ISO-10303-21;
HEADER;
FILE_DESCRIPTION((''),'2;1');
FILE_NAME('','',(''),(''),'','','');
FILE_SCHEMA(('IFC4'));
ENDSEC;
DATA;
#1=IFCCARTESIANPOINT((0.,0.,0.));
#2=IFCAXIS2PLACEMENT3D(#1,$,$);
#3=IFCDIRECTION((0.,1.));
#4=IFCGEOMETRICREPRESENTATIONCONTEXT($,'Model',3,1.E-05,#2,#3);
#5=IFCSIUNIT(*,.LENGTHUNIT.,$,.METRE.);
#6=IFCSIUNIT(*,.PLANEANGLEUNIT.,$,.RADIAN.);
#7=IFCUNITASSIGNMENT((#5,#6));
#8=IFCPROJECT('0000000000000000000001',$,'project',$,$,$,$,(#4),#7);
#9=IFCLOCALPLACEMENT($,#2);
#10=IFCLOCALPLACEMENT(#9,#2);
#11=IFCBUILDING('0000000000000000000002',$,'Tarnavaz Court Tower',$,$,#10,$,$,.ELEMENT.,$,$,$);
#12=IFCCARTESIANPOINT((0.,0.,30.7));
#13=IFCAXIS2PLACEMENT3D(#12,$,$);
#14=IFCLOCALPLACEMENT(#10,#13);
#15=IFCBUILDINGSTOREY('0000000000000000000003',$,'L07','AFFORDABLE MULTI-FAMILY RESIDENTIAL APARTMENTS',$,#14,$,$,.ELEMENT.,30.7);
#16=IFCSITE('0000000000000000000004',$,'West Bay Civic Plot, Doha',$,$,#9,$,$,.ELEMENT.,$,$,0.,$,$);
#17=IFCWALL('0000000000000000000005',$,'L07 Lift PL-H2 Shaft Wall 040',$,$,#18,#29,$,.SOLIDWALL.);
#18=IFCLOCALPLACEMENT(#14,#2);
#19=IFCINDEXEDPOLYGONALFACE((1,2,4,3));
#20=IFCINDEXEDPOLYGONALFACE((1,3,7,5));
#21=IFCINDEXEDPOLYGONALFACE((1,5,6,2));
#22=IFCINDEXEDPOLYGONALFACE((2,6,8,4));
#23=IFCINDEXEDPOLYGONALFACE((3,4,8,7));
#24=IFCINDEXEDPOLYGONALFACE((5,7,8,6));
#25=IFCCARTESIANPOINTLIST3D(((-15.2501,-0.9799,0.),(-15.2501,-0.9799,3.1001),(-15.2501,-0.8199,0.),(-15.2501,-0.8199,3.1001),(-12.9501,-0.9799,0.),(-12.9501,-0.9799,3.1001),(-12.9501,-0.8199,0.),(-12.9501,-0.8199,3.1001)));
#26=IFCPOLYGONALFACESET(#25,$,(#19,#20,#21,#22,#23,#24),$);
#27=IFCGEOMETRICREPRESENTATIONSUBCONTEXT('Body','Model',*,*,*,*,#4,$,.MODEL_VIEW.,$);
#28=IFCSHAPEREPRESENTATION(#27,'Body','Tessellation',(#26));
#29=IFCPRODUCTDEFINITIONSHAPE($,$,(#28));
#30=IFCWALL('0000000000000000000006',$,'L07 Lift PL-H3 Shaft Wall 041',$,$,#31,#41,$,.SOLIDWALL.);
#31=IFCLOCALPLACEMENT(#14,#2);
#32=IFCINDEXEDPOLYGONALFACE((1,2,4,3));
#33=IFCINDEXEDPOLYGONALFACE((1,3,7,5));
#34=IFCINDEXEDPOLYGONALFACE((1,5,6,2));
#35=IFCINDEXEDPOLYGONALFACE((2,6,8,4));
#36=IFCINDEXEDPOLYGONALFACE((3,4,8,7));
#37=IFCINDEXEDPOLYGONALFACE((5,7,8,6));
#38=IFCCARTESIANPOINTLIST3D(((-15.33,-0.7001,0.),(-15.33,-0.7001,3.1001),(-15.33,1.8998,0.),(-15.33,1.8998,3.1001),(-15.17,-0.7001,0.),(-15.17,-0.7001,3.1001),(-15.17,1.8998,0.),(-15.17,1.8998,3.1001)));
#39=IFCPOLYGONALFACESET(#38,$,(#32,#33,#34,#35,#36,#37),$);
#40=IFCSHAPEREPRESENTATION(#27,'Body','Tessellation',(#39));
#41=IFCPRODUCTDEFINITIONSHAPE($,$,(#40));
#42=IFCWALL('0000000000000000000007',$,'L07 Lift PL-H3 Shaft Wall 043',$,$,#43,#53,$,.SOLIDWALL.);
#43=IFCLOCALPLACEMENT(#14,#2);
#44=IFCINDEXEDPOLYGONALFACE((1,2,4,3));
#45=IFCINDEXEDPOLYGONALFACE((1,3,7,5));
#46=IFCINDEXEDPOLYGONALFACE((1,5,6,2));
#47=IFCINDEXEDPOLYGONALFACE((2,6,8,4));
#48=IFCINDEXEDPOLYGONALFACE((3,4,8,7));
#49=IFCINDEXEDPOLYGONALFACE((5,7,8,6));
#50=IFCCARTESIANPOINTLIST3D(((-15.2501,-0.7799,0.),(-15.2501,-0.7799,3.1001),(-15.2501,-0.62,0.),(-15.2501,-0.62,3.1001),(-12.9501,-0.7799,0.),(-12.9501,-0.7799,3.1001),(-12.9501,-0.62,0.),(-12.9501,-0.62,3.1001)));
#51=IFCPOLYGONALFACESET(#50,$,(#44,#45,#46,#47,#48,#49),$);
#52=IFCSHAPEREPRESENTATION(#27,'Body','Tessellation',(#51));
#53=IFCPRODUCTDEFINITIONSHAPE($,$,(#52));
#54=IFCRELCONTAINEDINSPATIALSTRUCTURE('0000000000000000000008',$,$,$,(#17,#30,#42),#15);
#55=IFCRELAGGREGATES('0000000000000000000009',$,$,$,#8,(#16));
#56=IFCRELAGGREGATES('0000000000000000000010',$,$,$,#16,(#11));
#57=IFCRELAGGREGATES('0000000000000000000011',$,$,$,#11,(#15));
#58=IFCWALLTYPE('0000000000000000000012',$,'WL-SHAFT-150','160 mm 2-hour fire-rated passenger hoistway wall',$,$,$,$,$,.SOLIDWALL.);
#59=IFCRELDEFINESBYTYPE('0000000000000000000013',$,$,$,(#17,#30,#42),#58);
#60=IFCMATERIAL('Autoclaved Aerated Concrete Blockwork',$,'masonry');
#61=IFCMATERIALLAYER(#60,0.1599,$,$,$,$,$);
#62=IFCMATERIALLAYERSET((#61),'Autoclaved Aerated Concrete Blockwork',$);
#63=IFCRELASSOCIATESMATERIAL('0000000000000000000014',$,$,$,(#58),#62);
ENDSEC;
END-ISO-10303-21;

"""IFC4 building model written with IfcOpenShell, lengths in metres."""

from ifc_helpers import new_model, si_unit, direction, frame, frame_2d, origin, place, context, subcontext, project, spatial, rectangle, extrude, material, layer, layer_set, type_object, element, save


model = new_model("IFC4")

# Units and contexts
model_context = context("Model", 3, precision=1e-05, world=origin(), true_north=direction((0.0, 1.0)))
body_context = subcontext(model_context, "Body", "Model", "MODEL_VIEW")
ifc_project = project(units=[si_unit("LENGTHUNIT", "METRE"), si_unit("PLANEANGLEUNIT", "RADIAN")], contexts=[model_context])

# Site, building, storey
site_placement = place(None, origin())
site = spatial("IfcSite", under=ifc_project, at=site_placement, Name="West Bay Civic Plot, Doha", CompositionType="ELEMENT", RefElevation=0.0)
building_placement = place(site_placement, origin())
building = spatial("IfcBuilding", under=site, at=building_placement, Name="Tarnavaz Court Tower", CompositionType="ELEMENT")
storey_placement = place(building_placement, frame((0.0, 0.0, 30.7)))
storey = spatial("IfcBuildingStorey", under=building, at=storey_placement, Name="L07", Description="AFFORDABLE MULTI-FAMILY RESIDENTIAL APARTMENTS", CompositionType="ELEMENT", Elevation=30.7)

# Walls
ifc_material_1 = material(Name="Autoclaved Aerated Concrete Blockwork", Category="masonry")
ifc_layer_1 = layer(ifc_material_1, 0.1599)
ifc_layer_set_1 = layer_set([ifc_layer_1], Name="Autoclaved Aerated Concrete Blockwork")
wall_type_1 = type_object("IfcWallType", Name="WL-SHAFT-150", Description="160 mm 2-hour fire-rated passenger hoistway wall", PredefinedType="SOLIDWALL", material=ifc_layer_set_1)
for number, where, z_axis, x_axis, name in (
    (1, (-15.25, -0.8999, 0.0), (0.0, 0.0, 1.0), (1.0, 0.0, 0.0), "L07 Lift PL-H2 Shaft Wall 040"),
):
    element("IfcWall", number, at=place(storey_placement, frame(where, z_axis=z_axis, x_axis=x_axis)), inside=storey, type_object=wall_type_1, Name=name, PredefinedType="SOLIDWALL", context=body_context, shape_type="SweptSolid", body=[
        extrude(rectangle(XDim=2.3, YDim=0.1599, at=frame_2d((1.1499, 0.0))), origin(), (0.0, 0.0, 1.0), 3.1001),
    ])
wall_1_placement = place(storey_placement, frame((-15.25, -0.7, 0.0), z_axis=(0.0, 0.0, 1.0), x_axis=(0.0, 1.0, 0.0)))
element("IfcWall", 2, at=wall_1_placement, inside=storey, type_object=wall_type_1, Name="L07 Lift PL-H3 Shaft Wall 041", PredefinedType="SOLIDWALL", context=body_context, shape_type="SweptSolid", body=[
    extrude(rectangle(XDim=2.5999, YDim=0.1599, at=frame_2d((1.2998, 0.0))), origin(), (0.0, 0.0, 1.0), 3.1001),
])
wall_2_placement = place(storey_placement, frame((-15.25, -0.7, 0.0), z_axis=(0.0, 0.0, 1.0), x_axis=(1.0, 0.0, 0.0)))
element("IfcWall", 3, at=wall_2_placement, inside=storey, type_object=wall_type_1, Name="L07 Lift PL-H3 Shaft Wall 043", PredefinedType="SOLIDWALL", context=body_context, shape_type="SweptSolid", body=[
    extrude(rectangle(XDim=2.3, YDim=0.1599, at=frame_2d((1.1499, 0.0))), origin(), (0.0, 0.0, 1.0), 3.1001),
])

save(model, "model.ifc")
